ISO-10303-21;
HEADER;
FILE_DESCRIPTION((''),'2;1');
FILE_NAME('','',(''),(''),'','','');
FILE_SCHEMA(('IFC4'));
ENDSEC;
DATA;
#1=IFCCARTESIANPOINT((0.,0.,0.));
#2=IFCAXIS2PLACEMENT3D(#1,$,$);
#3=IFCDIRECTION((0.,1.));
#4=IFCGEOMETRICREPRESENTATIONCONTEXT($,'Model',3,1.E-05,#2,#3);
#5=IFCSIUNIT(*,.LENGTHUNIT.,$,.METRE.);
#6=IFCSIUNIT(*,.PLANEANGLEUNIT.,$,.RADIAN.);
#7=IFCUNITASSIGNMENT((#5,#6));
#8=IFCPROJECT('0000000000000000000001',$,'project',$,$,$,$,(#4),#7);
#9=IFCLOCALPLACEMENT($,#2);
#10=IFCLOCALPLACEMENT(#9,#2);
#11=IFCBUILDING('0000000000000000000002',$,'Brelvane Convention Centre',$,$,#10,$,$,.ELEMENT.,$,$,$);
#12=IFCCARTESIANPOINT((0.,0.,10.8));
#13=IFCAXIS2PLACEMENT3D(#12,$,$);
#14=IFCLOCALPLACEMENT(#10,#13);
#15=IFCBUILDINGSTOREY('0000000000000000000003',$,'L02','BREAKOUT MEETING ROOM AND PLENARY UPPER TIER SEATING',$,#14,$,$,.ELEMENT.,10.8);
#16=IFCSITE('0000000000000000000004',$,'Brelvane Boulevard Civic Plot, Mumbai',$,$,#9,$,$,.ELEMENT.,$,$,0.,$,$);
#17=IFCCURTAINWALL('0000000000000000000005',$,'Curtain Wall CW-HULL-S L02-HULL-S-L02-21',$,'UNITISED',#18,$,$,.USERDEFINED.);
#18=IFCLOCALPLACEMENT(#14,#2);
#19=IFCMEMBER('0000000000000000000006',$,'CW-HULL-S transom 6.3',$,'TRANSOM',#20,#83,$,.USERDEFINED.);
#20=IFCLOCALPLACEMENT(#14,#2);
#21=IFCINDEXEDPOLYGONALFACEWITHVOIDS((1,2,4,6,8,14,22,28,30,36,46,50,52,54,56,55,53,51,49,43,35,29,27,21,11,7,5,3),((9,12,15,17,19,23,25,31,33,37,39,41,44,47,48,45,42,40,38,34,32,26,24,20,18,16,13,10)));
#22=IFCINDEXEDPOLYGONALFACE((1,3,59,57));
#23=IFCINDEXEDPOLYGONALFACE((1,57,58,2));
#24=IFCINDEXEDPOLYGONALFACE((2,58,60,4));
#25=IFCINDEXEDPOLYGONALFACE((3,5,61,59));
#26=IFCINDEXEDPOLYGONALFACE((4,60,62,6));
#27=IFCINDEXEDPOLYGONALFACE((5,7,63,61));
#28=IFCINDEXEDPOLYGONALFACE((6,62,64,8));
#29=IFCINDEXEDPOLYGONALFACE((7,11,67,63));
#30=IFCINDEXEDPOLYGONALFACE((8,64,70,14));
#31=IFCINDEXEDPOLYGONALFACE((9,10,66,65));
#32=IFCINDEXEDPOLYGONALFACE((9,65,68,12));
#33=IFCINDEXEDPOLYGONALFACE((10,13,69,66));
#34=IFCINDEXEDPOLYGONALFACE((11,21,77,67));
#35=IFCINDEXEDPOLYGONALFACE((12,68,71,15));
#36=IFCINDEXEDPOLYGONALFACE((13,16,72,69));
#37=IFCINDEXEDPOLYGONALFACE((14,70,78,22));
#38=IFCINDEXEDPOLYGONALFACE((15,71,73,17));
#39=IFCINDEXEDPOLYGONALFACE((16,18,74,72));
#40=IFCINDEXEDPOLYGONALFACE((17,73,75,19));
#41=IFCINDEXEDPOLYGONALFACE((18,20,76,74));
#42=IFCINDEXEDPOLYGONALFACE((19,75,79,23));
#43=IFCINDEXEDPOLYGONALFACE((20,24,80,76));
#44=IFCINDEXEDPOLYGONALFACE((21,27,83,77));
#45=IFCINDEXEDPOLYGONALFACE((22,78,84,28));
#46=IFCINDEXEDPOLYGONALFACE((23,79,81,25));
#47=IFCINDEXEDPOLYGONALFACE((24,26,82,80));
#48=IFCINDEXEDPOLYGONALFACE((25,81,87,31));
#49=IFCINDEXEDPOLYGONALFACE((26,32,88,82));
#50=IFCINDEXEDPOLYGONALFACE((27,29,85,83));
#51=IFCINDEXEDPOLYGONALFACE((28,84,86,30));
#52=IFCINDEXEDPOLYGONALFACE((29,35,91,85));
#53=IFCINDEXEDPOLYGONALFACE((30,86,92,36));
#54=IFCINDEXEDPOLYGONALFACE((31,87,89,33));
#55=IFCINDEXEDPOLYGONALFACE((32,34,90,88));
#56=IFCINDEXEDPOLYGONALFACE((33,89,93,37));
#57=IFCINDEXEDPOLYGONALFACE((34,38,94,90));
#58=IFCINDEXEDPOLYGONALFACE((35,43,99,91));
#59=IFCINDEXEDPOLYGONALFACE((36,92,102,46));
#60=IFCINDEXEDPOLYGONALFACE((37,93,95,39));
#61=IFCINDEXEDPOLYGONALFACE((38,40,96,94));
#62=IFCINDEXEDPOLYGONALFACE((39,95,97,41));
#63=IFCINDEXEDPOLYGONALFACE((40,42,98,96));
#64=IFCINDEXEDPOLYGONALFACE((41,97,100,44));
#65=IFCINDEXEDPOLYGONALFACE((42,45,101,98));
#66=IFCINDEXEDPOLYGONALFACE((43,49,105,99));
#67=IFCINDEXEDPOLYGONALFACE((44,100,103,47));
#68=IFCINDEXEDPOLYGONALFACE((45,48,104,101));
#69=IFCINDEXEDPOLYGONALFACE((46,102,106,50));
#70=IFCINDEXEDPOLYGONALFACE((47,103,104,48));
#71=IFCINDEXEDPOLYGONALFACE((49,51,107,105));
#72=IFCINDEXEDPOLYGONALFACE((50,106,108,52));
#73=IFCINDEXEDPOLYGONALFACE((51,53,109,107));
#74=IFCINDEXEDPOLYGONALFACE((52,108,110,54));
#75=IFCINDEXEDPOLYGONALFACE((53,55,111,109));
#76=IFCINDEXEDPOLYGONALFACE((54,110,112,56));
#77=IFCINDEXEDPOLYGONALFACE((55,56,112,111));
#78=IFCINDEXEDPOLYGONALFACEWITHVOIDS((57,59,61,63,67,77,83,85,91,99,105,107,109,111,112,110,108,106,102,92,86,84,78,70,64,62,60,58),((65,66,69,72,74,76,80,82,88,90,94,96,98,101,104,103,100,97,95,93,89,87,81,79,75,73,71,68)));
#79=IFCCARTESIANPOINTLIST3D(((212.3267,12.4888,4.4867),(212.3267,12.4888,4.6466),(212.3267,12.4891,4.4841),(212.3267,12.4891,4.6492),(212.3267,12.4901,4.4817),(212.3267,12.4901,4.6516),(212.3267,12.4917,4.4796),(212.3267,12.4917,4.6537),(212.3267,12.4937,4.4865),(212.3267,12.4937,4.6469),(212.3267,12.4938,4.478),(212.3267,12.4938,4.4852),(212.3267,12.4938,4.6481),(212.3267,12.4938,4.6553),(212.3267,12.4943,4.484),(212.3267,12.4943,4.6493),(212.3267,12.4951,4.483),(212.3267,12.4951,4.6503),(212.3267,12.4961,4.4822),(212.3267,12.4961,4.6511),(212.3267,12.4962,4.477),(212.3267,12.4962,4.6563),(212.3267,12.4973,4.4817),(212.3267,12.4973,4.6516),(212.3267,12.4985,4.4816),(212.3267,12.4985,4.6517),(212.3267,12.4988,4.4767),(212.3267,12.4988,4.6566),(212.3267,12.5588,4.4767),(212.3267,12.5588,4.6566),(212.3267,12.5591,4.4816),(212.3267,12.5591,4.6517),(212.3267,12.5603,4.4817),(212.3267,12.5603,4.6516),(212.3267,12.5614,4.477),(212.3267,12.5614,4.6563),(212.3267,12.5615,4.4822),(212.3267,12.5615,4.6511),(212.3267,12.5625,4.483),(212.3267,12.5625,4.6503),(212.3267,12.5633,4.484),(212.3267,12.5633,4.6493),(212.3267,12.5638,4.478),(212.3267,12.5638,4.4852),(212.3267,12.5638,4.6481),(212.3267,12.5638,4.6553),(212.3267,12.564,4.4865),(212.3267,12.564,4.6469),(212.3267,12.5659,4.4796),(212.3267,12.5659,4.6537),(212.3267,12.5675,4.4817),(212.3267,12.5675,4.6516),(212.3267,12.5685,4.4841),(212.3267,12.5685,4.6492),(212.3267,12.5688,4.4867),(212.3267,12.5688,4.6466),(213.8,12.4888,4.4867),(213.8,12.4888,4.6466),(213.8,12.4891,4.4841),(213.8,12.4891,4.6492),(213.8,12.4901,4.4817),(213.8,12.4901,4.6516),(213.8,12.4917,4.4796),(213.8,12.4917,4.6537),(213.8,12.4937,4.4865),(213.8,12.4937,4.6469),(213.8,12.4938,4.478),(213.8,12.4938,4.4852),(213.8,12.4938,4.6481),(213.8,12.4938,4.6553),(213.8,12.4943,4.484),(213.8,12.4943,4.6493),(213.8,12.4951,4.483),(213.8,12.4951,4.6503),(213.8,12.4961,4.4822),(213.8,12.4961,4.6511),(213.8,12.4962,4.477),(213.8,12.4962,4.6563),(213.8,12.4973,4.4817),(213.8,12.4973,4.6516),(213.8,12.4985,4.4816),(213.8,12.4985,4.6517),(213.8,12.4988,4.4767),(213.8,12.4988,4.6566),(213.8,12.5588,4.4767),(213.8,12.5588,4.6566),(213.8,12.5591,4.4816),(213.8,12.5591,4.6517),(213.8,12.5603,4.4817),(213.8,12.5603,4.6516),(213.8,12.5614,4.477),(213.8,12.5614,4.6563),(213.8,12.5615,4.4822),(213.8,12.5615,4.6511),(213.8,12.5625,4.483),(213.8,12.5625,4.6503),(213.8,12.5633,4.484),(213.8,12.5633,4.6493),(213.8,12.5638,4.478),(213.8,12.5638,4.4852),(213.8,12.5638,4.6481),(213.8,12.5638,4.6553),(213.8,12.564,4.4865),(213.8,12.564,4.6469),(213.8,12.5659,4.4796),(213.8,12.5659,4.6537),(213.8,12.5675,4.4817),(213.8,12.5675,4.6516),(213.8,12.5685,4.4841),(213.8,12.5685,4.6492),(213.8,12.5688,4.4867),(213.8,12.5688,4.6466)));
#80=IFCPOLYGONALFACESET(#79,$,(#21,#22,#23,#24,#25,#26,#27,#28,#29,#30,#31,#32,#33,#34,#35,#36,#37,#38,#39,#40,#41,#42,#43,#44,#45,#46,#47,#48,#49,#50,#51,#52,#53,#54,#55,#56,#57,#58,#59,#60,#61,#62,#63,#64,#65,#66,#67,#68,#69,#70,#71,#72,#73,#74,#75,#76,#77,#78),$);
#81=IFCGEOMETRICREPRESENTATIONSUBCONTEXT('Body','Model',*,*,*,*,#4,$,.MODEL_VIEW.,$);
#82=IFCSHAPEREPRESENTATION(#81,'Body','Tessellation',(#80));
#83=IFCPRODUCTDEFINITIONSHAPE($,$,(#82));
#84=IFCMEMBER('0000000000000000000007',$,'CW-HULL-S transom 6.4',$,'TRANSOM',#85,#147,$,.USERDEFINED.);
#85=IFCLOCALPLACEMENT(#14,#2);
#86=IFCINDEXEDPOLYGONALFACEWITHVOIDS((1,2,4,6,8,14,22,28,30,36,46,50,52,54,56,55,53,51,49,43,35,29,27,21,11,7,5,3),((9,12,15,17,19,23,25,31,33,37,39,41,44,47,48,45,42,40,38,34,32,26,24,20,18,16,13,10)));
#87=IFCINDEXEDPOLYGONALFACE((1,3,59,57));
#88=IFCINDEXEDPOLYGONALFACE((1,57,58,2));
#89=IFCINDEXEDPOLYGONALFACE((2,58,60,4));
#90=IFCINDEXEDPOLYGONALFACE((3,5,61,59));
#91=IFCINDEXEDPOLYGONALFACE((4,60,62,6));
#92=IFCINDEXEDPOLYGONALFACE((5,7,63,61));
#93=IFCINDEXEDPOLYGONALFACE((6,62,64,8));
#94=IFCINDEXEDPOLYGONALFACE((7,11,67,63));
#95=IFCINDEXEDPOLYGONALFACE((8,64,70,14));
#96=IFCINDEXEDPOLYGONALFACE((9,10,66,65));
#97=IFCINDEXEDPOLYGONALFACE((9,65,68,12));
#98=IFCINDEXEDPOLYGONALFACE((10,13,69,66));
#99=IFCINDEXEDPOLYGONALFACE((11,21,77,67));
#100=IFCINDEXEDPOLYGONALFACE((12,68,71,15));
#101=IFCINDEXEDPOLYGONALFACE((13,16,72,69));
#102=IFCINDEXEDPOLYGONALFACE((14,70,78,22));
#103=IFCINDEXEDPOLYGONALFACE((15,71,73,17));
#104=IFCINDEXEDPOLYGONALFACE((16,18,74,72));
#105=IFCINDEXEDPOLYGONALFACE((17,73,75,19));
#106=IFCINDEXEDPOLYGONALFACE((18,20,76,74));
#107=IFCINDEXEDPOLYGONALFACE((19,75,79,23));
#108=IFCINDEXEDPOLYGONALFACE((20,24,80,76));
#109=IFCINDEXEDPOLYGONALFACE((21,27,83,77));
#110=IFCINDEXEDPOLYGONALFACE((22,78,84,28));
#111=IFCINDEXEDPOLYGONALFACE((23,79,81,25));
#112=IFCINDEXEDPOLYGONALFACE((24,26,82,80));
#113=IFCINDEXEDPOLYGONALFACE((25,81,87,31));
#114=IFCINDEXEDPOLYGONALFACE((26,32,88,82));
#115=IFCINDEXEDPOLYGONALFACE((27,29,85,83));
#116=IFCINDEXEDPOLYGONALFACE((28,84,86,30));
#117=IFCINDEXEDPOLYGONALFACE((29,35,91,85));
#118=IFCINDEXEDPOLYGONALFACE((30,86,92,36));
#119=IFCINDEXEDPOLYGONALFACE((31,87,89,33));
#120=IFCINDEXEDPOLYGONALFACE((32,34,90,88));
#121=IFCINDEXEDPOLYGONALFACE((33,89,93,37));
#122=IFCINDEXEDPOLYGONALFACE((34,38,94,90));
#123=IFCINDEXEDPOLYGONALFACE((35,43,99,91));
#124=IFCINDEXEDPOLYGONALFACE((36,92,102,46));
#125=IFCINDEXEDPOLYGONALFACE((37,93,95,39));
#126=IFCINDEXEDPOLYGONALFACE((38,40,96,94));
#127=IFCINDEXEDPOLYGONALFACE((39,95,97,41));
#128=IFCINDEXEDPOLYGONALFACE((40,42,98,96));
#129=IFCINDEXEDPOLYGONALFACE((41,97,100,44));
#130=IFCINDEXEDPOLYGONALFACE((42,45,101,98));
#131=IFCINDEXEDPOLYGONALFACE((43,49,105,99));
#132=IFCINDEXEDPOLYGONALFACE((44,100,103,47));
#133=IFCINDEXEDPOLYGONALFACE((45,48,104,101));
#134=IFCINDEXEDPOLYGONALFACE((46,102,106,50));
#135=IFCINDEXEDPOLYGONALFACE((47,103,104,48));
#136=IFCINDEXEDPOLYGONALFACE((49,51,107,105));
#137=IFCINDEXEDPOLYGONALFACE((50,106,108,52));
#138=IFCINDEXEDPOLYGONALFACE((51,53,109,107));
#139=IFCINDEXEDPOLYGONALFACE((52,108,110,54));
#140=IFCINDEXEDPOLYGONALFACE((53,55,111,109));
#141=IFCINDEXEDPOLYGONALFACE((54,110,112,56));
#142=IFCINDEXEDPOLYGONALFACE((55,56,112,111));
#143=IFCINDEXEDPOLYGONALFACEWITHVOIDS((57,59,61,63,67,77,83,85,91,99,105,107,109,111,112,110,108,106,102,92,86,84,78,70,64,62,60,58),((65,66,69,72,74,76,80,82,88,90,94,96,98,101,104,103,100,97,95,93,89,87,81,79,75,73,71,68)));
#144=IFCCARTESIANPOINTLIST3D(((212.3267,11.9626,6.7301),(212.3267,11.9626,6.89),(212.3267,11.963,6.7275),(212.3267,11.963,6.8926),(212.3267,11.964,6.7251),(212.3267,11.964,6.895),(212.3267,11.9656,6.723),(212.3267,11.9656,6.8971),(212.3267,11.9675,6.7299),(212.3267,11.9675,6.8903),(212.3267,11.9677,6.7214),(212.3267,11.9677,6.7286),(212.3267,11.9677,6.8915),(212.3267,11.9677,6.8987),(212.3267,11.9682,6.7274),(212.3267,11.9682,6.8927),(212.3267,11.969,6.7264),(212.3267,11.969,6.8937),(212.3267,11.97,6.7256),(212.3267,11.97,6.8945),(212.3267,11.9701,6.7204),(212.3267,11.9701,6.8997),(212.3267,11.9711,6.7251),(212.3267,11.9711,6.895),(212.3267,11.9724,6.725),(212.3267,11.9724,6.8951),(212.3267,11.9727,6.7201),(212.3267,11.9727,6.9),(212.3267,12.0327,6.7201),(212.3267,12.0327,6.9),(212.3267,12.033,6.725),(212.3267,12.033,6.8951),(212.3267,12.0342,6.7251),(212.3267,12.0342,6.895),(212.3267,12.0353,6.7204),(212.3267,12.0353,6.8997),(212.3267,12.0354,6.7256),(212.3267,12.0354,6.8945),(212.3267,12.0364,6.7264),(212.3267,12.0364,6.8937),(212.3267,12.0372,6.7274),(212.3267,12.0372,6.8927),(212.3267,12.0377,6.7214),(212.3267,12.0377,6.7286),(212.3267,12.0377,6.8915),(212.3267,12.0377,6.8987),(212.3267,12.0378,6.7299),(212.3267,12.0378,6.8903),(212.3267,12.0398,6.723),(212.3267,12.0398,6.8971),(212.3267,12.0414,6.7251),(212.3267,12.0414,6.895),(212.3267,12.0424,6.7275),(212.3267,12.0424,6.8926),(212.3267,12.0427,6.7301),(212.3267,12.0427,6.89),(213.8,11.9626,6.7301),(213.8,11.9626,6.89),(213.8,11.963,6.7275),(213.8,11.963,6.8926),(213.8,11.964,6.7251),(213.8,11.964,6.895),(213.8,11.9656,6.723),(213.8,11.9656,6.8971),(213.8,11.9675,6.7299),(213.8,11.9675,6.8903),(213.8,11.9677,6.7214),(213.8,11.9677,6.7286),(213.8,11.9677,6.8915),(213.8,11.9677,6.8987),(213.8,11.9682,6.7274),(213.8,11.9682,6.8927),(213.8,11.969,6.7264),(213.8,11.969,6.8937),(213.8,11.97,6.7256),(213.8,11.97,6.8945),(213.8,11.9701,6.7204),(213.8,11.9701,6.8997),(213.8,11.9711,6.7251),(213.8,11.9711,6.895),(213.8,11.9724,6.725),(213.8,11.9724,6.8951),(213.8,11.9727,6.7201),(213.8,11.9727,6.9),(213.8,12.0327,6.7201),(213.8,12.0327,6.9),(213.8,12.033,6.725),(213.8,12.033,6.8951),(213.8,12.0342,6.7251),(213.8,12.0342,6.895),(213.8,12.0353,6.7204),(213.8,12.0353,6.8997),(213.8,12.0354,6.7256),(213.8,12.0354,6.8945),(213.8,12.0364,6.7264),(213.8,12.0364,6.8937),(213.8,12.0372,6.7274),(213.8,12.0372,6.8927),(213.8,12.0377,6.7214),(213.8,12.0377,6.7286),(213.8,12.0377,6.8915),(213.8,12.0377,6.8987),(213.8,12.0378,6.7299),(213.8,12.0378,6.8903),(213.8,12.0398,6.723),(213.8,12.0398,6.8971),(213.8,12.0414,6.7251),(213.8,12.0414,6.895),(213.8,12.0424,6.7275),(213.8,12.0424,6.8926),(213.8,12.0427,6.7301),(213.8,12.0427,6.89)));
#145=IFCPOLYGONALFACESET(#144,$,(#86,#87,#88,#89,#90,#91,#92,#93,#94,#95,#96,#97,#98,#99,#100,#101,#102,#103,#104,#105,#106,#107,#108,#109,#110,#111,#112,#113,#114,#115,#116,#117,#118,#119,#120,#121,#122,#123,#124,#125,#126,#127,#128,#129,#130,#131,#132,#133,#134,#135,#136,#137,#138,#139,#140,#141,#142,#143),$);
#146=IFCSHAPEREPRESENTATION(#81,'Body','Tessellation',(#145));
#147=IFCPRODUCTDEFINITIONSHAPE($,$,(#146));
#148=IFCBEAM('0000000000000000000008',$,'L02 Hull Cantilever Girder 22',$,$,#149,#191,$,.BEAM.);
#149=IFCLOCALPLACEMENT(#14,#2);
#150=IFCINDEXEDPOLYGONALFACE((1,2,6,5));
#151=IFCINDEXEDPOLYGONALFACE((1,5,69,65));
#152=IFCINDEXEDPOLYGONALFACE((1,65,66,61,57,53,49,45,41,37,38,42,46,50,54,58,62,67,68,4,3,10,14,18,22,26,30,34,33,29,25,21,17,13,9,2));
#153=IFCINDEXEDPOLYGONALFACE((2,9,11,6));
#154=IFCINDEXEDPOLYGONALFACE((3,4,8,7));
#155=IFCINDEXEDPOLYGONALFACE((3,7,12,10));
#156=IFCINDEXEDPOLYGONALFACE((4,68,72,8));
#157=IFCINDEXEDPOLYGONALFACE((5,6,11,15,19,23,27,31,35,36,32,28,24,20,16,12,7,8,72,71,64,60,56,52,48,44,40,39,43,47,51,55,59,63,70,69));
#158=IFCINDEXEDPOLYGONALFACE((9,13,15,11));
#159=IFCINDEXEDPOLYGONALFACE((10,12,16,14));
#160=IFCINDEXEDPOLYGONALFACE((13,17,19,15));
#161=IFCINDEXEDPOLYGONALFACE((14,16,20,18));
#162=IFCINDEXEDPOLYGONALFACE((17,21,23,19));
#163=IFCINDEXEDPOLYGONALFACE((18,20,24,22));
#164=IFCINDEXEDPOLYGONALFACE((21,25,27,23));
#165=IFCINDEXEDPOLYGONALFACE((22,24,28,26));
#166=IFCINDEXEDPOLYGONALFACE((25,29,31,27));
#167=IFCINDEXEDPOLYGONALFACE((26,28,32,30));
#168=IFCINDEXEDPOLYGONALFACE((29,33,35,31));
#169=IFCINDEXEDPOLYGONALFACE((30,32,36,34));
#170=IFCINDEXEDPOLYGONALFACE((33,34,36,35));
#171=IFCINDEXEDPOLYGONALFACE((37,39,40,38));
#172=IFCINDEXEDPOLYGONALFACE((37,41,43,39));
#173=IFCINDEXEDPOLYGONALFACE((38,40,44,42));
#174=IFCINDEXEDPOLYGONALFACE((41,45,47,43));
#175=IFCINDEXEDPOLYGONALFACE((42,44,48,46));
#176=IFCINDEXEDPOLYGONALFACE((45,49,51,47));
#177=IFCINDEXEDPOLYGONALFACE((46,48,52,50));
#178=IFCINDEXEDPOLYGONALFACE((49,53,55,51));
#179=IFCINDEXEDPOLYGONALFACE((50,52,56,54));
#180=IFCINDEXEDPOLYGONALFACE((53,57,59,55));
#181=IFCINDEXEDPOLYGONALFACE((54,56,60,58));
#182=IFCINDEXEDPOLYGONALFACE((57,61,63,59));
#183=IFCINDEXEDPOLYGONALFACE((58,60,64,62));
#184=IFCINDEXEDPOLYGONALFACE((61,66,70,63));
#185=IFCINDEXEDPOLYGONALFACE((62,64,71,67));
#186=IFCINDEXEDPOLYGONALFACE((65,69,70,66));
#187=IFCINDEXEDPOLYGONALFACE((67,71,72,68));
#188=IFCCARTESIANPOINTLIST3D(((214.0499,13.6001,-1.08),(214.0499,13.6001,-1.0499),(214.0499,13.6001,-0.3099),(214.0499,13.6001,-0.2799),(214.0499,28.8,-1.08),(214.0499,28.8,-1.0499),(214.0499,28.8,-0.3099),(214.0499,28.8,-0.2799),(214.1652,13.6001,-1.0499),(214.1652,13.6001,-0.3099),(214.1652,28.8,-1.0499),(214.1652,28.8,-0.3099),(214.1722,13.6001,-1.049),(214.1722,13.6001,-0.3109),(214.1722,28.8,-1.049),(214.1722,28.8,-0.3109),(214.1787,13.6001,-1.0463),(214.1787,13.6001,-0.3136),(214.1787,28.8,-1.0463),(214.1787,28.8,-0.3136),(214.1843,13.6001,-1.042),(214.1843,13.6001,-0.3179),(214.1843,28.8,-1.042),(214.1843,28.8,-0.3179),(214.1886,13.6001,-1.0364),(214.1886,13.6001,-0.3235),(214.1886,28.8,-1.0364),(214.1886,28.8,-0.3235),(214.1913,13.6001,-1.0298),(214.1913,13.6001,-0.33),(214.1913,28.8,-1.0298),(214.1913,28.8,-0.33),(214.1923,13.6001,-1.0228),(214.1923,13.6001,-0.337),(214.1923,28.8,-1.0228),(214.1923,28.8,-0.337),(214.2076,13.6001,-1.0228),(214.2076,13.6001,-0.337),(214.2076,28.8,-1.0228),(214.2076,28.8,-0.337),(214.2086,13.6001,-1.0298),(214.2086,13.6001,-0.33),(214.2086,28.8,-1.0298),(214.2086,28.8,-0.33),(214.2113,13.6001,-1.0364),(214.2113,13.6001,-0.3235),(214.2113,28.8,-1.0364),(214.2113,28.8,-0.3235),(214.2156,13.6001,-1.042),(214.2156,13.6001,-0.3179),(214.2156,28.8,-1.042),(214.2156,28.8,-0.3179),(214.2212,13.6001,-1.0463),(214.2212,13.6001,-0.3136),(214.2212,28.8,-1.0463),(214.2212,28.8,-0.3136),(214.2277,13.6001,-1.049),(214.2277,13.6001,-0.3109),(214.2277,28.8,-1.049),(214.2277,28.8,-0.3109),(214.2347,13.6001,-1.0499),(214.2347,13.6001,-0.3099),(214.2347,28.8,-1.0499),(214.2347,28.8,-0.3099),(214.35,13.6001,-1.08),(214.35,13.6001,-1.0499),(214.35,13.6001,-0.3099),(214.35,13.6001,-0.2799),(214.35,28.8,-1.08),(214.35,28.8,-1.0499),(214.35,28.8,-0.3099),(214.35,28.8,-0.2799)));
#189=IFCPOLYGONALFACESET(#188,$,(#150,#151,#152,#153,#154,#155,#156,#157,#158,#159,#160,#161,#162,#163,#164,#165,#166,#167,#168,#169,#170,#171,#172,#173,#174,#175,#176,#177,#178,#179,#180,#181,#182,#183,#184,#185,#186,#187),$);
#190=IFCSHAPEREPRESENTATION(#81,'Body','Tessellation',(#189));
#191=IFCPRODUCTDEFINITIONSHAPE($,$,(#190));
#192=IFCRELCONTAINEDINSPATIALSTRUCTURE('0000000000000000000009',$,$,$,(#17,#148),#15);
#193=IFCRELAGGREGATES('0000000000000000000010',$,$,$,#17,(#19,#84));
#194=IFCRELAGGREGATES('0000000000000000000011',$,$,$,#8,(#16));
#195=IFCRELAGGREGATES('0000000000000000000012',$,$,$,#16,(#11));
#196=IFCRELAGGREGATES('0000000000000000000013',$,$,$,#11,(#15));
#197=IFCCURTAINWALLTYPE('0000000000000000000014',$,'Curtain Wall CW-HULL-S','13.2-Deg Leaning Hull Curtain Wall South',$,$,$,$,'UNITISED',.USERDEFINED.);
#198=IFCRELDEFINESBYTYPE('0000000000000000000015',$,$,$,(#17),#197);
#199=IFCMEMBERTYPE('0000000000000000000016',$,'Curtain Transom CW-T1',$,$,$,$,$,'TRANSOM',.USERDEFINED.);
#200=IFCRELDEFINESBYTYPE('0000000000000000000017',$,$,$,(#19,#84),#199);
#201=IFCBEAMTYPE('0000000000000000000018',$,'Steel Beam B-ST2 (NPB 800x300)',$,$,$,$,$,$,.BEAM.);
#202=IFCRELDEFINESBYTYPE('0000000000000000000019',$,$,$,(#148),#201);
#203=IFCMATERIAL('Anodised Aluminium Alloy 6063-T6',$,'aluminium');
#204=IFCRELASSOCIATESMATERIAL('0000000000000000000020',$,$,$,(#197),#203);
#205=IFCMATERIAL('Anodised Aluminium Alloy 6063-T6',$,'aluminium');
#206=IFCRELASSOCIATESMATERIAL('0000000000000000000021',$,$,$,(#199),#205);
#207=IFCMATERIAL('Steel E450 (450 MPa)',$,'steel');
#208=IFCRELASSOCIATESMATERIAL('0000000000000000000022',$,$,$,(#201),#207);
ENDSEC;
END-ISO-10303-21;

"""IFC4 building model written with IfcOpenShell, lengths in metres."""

from ifc_helpers import new_model, si_unit, direction, frame, origin, origin_2d, place, context, subcontext, project, spatial, hollow_rectangle, i_section, extrude, material, material_profile, profile_set, type_object, element, aggregate, save


model = new_model("IFC4")

# Units and contexts
model_context = context("Model", 3, precision=1e-05, world=origin(), true_north=direction((0.0, 1.0)))
body_context = subcontext(model_context, "Body", "Model", "MODEL_VIEW")
ifc_project = project(units=[si_unit("LENGTHUNIT", "METRE"), si_unit("PLANEANGLEUNIT", "RADIAN")], contexts=[model_context])

# Site, building, storey
site_placement = place(None, origin())
site = spatial("IfcSite", under=ifc_project, at=site_placement, Name="Brelvane Boulevard Civic Plot, Mumbai", CompositionType="ELEMENT", RefElevation=0.0)
building_placement = place(site_placement, origin())
building = spatial("IfcBuilding", under=site, at=building_placement, Name="Brelvane Convention Centre", CompositionType="ELEMENT")
storey_placement = place(building_placement, frame((0.0, 0.0, 10.8)))
storey = spatial("IfcBuildingStorey", under=building, at=storey_placement, Name="L02", Description="BREAKOUT MEETING ROOM AND PLENARY UPPER TIER SEATING", CompositionType="ELEMENT", Elevation=10.8)

# Curtain wall, members
ifc_material_1 = material(Name="Anodised Aluminium Alloy 6063-T6", Category="aluminium")
curtain_wall_type = type_object("IfcCurtainWallType", Name="Curtain Wall CW-HULL-S", Description="13.2-Deg Leaning Hull Curtain Wall South", ElementType="UNITISED", PredefinedType="USERDEFINED", material=ifc_material_1)
curtain_wall_placement = place(storey_placement, origin())
curtain_wall = element("IfcCurtainWall", 1, at=curtain_wall_placement, inside=storey, type_object=curtain_wall_type, Name="Curtain Wall CW-HULL-S L02-HULL-S-L02-21", ObjectType="UNITISED", PredefinedType="USERDEFINED")
ifc_material_2 = material(Name="Anodised Aluminium Alloy 6063-T6", Category="aluminium")
ifc_material_profile_1 = material_profile(ifc_material_2, hollow_rectangle(XDim=0.0801, YDim=0.1799, WallThickness=0.0049, InnerFilletRadius=0.0049, OuterFilletRadius=0.01, at=origin_2d()), Name="ALU-T 180x80x5.0")
ifc_profile_set_1 = profile_set([ifc_material_profile_1], Name="Anodised Aluminium Alloy 6063-T6")
member_type_1 = type_object("IfcMemberType", Name="Curtain Transom CW-T1", ElementType="TRANSOM", PredefinedType="USERDEFINED", material=ifc_profile_set_1)
member_1_placement = place(storey_placement, frame((212.3267, 12.5288, 4.5667), z_axis=(1.0, 0.0, 0.0), x_axis=(0.0, 1.0, 0.0)))
member_1 = element("IfcMember", 2, at=member_1_placement, type_object=member_type_1, Name="CW-HULL-S transom 6.3", ObjectType="TRANSOM", PredefinedType="USERDEFINED", context=body_context, shape_type="SweptSolid", body=[
    extrude(hollow_rectangle(XDim=0.0801, YDim=0.1799, WallThickness=0.0049, InnerFilletRadius=0.0049, OuterFilletRadius=0.01, at=origin_2d()), origin(), (0.0, 0.0, 1.0), 1.4734),
])
member_2_placement = place(storey_placement, frame((212.3267, 12.0027, 6.8101), z_axis=(1.0, 0.0, 0.0), x_axis=(0.0, 1.0, 0.0)))
member_2 = element("IfcMember", 3, at=member_2_placement, type_object=member_type_1, Name="CW-HULL-S transom 6.4", ObjectType="TRANSOM", PredefinedType="USERDEFINED", context=body_context, shape_type="SweptSolid", body=[
    extrude(hollow_rectangle(XDim=0.0801, YDim=0.1799, WallThickness=0.0049, InnerFilletRadius=0.0049, OuterFilletRadius=0.01, at=origin_2d()), origin(), (0.0, 0.0, 1.0), 1.4734),
])

# Beam
ifc_material_3 = material(Name="Steel E450 (450 MPa)", Category="steel")
ifc_material_profile_2 = material_profile(ifc_material_3, i_section(OverallWidth=0.3, OverallDepth=0.8, WebThickness=0.0154, FlangeThickness=0.03, FilletRadius=0.0271, at=origin_2d()), Name="NPB 800x300")
ifc_profile_set_2 = profile_set([ifc_material_profile_2], Name="Steel E450 (450 MPa)")
beam_type_1 = type_object("IfcBeamType", Name="Steel Beam B-ST2 (NPB 800x300)", PredefinedType="BEAM", material=ifc_profile_set_2)
beam_1_placement = place(storey_placement, frame((214.2, 13.6001, -0.6799), z_axis=(0.0, 1.0, 0.0), x_axis=(-1.0, 0.0, 0.0)))
element("IfcBeam", 4, at=beam_1_placement, inside=storey, type_object=beam_type_1, Name="L02 Hull Cantilever Girder 22", PredefinedType="BEAM", context=body_context, shape_type="SweptSolid", body=[
    extrude(i_section(OverallWidth=0.3, OverallDepth=0.8, WebThickness=0.0154, FlangeThickness=0.03, FilletRadius=0.0271, at=origin_2d()), origin(), (0.0, 0.0, 1.0), 15.2),
])

aggregate(curtain_wall, [member_1, member_2])

save(model, "model.ifc")
